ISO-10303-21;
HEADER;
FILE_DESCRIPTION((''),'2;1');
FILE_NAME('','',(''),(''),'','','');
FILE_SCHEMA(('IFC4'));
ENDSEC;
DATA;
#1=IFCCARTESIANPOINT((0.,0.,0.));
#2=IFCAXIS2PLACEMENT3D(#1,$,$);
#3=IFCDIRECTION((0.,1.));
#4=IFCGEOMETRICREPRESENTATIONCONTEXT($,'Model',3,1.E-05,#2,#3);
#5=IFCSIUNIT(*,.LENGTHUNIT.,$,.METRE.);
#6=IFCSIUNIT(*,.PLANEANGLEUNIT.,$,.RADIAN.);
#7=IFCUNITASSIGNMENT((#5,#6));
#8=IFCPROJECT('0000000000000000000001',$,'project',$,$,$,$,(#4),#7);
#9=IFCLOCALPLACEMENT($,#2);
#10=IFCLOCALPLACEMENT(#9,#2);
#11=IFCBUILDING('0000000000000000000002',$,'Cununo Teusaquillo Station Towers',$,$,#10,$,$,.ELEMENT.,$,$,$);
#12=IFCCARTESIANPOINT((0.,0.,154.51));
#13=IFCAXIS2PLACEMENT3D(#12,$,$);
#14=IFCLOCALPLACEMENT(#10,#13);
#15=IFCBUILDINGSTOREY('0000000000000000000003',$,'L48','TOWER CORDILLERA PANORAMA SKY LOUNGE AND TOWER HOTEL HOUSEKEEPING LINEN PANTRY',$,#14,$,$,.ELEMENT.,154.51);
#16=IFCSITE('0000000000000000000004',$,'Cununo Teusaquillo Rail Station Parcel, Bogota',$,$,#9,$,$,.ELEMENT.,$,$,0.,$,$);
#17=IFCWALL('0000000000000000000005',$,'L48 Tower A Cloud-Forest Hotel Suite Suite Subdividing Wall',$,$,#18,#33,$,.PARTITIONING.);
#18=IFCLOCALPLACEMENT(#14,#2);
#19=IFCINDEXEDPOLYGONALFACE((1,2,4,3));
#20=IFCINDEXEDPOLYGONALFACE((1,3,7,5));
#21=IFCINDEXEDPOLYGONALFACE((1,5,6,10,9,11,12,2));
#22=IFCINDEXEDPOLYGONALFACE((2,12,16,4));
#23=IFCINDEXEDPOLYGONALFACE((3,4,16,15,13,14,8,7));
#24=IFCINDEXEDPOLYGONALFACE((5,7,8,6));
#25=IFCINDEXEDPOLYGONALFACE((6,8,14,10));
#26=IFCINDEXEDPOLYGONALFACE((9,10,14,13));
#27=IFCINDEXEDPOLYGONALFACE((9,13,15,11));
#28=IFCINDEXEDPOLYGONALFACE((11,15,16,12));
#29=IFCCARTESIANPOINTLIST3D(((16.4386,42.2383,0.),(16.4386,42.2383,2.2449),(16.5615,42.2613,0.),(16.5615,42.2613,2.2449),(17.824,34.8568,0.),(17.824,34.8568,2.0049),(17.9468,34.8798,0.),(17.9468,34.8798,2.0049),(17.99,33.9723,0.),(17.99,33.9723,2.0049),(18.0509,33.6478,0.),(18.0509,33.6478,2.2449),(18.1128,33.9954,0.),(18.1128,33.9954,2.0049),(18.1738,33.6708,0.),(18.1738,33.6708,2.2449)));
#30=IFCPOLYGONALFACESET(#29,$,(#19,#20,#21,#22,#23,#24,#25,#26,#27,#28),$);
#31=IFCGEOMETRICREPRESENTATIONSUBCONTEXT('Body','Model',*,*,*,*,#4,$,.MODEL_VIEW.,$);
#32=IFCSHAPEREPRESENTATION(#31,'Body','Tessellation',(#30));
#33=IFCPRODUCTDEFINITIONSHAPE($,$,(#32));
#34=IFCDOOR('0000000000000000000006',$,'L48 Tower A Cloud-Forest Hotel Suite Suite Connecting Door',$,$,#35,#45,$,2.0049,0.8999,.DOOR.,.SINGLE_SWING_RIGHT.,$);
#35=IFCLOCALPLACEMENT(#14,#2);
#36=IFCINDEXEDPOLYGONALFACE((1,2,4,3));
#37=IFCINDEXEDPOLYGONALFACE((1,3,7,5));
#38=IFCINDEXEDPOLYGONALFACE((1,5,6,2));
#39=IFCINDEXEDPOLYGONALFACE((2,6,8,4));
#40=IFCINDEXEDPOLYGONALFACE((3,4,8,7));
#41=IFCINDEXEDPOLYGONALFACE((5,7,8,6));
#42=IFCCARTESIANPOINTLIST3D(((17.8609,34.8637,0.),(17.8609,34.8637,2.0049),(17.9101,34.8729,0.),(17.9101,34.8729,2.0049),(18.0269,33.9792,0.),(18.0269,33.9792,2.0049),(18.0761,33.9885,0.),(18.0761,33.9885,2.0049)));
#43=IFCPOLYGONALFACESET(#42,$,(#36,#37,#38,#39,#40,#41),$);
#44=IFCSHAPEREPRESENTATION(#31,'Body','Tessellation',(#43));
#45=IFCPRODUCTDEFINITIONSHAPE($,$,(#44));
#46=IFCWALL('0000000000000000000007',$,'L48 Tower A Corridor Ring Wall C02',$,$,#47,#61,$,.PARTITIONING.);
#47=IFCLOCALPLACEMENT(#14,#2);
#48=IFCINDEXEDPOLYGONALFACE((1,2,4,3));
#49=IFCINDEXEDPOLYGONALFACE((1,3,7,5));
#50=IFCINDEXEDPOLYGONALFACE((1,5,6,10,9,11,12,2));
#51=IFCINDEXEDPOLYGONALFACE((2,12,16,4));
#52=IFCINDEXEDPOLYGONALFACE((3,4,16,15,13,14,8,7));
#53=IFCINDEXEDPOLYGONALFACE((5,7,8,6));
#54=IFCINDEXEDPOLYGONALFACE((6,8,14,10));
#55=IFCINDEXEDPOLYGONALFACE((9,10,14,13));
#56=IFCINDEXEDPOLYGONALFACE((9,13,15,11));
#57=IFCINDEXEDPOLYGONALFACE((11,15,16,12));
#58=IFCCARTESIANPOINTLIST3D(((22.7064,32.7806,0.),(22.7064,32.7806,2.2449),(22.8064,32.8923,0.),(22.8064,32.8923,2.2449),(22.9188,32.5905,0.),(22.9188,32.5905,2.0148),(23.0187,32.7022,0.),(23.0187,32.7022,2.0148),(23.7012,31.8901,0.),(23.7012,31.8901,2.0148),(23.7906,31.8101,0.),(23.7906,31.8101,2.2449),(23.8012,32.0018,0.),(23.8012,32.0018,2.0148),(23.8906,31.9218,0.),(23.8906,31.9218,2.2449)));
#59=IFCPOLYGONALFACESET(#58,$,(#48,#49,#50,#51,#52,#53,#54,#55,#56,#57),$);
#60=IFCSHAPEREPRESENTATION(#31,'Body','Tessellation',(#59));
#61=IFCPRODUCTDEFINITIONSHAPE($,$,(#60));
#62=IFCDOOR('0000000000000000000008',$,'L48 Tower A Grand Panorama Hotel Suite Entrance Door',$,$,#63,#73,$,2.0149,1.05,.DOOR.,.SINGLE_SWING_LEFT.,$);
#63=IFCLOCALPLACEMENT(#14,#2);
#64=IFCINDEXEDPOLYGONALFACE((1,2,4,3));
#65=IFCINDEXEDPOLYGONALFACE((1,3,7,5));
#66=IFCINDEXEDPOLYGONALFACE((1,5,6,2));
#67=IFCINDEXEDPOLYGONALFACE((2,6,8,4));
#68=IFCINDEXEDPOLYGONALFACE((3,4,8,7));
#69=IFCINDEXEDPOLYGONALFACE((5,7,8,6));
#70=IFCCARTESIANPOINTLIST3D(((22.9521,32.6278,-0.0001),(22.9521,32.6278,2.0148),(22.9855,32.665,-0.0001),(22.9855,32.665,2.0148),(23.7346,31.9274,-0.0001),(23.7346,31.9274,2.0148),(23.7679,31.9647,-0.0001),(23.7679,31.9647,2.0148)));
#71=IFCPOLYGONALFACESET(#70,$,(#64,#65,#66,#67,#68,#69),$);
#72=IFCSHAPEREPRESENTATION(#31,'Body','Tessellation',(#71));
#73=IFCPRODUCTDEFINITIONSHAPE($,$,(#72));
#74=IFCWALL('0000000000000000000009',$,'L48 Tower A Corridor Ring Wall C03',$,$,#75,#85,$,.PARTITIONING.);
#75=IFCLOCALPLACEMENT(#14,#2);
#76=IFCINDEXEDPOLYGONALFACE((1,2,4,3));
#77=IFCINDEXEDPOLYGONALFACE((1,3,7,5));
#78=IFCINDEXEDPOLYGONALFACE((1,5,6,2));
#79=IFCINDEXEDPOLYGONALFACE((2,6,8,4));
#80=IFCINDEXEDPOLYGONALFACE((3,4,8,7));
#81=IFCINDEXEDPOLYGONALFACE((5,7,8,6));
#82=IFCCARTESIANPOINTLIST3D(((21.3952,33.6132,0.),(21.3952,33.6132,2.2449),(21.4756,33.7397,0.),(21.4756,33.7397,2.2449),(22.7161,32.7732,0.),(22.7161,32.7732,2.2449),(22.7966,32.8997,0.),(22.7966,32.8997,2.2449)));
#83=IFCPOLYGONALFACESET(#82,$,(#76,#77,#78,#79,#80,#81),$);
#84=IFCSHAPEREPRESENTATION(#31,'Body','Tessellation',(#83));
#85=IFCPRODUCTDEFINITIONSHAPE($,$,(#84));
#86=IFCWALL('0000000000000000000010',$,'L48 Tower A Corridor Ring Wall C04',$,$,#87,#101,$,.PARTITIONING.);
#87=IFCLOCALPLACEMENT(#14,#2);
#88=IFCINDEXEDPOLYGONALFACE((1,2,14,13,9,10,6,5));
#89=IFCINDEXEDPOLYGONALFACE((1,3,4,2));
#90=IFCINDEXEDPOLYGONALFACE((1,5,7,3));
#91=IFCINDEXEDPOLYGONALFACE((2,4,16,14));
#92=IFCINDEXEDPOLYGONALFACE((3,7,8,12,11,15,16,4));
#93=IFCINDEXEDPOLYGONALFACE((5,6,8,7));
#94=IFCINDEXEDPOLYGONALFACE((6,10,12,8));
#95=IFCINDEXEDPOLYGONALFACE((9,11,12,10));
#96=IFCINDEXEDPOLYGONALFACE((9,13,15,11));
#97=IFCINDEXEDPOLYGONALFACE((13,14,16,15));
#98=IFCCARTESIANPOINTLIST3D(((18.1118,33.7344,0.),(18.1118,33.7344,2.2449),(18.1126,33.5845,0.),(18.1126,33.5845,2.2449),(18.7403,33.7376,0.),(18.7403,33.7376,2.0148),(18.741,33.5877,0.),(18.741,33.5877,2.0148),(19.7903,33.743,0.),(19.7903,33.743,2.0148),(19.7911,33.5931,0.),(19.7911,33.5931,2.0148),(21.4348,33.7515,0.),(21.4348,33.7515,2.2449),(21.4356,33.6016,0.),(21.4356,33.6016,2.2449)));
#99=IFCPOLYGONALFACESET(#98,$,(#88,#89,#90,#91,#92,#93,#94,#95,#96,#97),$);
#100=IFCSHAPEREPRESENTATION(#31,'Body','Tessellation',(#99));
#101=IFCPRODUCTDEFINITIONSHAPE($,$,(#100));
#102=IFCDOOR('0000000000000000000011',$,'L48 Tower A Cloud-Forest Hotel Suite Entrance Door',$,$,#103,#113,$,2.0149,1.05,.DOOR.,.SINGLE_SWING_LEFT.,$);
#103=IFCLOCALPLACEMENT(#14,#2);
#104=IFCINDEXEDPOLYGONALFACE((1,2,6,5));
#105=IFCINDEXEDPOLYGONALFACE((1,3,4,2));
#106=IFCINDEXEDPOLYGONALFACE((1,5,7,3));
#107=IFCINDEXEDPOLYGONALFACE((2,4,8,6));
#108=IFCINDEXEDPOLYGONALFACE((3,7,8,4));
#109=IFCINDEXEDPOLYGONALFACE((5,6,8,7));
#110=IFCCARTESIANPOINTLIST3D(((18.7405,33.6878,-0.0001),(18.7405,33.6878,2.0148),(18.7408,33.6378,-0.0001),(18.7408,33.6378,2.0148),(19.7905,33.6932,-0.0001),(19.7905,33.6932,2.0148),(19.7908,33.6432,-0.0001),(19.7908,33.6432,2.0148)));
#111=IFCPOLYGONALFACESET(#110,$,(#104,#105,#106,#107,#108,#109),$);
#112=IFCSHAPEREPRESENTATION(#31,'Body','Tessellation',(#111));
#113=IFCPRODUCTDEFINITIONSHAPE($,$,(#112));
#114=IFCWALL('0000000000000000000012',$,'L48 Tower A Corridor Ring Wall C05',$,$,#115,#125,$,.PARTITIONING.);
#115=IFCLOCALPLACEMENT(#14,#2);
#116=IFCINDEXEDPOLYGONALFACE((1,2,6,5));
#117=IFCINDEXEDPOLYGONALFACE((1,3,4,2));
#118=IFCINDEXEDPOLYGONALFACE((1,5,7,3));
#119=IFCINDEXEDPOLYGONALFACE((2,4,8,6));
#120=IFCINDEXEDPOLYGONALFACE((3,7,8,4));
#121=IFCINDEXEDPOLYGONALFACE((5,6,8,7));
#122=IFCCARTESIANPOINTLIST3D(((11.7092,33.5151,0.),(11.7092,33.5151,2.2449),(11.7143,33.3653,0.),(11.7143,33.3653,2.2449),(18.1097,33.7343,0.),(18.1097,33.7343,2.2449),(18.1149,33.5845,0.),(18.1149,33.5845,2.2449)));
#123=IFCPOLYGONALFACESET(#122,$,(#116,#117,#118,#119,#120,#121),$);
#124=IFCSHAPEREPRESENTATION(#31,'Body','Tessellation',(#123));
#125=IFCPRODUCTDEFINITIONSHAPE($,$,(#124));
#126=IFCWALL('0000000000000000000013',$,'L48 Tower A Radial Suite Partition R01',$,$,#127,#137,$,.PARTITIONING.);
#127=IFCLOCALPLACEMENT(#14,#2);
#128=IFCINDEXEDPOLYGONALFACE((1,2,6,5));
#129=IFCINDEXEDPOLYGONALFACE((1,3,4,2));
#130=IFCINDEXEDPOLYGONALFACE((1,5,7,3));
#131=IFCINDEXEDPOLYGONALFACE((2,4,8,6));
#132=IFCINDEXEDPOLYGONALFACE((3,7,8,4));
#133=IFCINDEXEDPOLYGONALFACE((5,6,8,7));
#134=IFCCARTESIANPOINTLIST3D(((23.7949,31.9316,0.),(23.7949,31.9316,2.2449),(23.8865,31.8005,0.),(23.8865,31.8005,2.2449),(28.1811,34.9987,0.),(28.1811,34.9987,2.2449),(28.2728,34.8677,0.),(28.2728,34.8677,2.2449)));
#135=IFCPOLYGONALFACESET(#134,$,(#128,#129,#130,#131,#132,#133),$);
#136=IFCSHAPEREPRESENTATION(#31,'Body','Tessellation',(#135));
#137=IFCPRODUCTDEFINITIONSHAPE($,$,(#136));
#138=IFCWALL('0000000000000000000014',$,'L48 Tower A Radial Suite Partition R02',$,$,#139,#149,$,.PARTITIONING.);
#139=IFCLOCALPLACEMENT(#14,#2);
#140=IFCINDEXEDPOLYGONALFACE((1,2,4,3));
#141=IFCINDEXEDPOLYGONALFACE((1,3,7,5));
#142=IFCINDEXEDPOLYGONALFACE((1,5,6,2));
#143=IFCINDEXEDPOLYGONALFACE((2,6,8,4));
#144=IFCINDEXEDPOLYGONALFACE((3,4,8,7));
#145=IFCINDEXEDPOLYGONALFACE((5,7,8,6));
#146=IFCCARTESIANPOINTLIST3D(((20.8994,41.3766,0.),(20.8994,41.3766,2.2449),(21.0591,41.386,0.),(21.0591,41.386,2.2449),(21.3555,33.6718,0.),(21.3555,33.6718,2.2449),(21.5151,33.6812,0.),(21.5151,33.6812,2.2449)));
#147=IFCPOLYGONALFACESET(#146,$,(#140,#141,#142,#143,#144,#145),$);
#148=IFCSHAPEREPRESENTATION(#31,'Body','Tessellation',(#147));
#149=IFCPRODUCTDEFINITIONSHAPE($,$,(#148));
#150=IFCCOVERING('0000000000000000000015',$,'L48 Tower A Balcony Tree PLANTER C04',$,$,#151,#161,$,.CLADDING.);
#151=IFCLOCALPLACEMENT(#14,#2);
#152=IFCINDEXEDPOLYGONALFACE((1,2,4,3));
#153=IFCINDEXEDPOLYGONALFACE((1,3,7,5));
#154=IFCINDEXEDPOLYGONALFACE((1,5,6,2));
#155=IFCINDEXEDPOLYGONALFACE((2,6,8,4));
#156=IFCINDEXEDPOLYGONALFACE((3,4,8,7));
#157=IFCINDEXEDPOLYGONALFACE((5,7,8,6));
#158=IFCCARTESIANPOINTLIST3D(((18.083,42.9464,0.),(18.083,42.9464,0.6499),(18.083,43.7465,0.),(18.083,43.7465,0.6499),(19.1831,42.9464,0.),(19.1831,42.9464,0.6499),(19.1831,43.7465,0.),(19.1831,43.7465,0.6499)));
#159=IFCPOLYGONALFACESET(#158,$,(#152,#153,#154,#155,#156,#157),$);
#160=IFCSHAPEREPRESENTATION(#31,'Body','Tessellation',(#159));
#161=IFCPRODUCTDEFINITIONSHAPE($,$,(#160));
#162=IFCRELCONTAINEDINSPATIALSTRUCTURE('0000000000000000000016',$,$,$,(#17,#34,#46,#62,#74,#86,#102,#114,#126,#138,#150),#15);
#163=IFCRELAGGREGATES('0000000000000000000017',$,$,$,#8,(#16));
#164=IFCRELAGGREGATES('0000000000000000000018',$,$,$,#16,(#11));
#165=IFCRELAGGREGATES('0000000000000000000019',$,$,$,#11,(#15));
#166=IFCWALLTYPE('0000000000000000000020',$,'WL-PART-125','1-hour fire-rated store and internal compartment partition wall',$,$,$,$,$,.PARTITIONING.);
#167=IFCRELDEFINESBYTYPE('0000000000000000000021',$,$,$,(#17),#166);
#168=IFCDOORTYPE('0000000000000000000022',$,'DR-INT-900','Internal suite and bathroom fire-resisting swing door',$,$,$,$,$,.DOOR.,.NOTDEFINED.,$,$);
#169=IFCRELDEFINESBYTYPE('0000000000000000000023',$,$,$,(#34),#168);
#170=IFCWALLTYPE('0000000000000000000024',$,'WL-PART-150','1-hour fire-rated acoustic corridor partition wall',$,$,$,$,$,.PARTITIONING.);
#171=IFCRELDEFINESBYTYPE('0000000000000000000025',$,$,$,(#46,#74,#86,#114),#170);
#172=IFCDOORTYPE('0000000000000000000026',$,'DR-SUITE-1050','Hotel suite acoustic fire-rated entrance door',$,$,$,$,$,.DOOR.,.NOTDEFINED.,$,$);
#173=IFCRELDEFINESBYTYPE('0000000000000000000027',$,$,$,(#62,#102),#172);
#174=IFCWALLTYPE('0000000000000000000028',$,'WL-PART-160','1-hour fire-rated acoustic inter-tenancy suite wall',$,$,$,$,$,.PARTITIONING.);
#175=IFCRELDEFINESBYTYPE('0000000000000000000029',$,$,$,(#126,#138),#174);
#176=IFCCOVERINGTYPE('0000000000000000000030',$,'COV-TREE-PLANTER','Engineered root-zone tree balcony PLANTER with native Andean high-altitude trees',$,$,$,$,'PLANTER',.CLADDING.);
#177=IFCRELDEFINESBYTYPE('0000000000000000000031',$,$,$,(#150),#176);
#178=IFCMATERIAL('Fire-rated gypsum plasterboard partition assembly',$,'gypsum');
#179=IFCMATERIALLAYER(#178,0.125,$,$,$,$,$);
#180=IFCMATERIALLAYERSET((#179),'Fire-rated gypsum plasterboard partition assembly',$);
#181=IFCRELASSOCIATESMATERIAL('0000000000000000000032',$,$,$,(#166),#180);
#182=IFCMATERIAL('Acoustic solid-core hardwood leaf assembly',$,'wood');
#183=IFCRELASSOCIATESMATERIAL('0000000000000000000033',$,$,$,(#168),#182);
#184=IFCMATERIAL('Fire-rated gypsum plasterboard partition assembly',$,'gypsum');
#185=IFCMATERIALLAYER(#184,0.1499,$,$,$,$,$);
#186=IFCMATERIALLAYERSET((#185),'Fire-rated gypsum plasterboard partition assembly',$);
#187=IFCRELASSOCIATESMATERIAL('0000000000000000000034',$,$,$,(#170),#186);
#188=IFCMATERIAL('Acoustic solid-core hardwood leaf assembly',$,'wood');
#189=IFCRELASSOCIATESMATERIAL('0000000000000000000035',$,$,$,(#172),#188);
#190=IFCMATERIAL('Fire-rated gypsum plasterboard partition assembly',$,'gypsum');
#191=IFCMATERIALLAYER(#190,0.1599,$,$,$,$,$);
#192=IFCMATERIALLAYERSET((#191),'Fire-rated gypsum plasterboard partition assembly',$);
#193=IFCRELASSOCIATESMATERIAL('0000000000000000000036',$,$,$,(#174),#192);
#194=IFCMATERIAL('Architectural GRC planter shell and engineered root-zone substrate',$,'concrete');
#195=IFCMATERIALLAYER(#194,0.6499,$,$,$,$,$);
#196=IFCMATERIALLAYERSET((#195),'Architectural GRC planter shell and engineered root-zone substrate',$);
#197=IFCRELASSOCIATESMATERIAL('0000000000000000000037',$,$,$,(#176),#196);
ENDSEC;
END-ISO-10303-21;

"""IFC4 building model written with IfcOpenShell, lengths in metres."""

from ifc_helpers import new_model, si_unit, direction, frame, frame_2d, origin, origin_2d, place, context, subcontext, project, spatial, rectangle, extrude, source, transform, mapped, material, layer, layer_set, type_object, element, fill, save


model = new_model("IFC4")

# Units and contexts
model_context = context("Model", 3, precision=1e-05, world=origin(), true_north=direction((0.0, 1.0)))
body_context = subcontext(model_context, "Body", "Model", "MODEL_VIEW")
ifc_project = project(units=[si_unit("LENGTHUNIT", "METRE"), si_unit("PLANEANGLEUNIT", "RADIAN")], contexts=[model_context])

# Site, building, storey
site_placement = place(None, origin())
site = spatial("IfcSite", under=ifc_project, at=site_placement, Name="Cununo Teusaquillo Rail Station Parcel, Bogota", CompositionType="ELEMENT", RefElevation=0.0)
building_placement = place(site_placement, origin())
building = spatial("IfcBuilding", under=site, at=building_placement, Name="Cununo Teusaquillo Station Towers", CompositionType="ELEMENT")
storey_placement = place(building_placement, frame((0.0, 0.0, 154.51)))
storey = spatial("IfcBuildingStorey", under=building, at=storey_placement, Name="L48", Description="TOWER CORDILLERA PANORAMA SKY LOUNGE AND TOWER HOTEL HOUSEKEEPING LINEN PANTRY", CompositionType="ELEMENT", Elevation=154.51)

# Shared definitions
ifc_material_1 = material(Name="Fire-rated gypsum plasterboard partition assembly", Category="gypsum")
ifc_layer_1 = layer(ifc_material_1, 0.125)
ifc_layer_set_1 = layer_set([ifc_layer_1], Name="Fire-rated gypsum plasterboard partition assembly")
wall_type_1 = type_object("IfcWallType", Name="WL-PART-125", Description="1-hour fire-rated store and internal compartment partition wall", PredefinedType="PARTITIONING", material=ifc_layer_set_1)

# Walls, openings, doors
shared_shape_1 = source(origin(), body_context, "Body", "SweptSolid", [
    extrude(rectangle(XDim=0.8999, YDim=2.0049, at=frame_2d((0.45, 1.0024))), frame((0.0, 0.0725, 0.0), z_axis=(0.0, -1.0, 0.0), x_axis=(1.0, 0.0, 0.0)), (0.0, 0.0, 1.0), 0.145),
])
ifc_material_2 = material(Name="Acoustic solid-core hardwood leaf assembly", Category="wood")
door_type_1 = type_object("IfcDoorType", Name="DR-INT-900", Description="Internal suite and bathroom fire-resisting swing door", OperationType="NOTDEFINED", PredefinedType="DOOR", material=ifc_material_2)
shared_shape_2 = source(origin(), body_context, "Body", "SweptSolid", [
    extrude(rectangle(XDim=0.8999, YDim=2.0049, at=frame_2d((0.45, 1.0024))), frame((0.0, 0.0249, 0.0), z_axis=(0.0, -1.0, 0.0), x_axis=(1.0, 0.0, 0.0)), (0.0, 0.0, 1.0), 0.05),
])
wall_1_placement = place(storey_placement, frame((18.1123, 33.6594, 0.0), z_axis=(0.0, 0.0, 1.0), x_axis=(-0.184462, 0.98284, 0.0)))
wall_1 = element("IfcWall", 1, at=wall_1_placement, inside=storey, type_object=wall_type_1, Name="L48 Tower A Cloud-Forest Hotel Suite Suite Subdividing Wall", PredefinedType="PARTITIONING", context=body_context, shape_type="SweptSolid", body=[
    extrude(rectangle(XDim=8.7405, YDim=0.125, at=frame_2d((4.3701, 0.0))), origin(), (0.0, 0.0, 1.0), 2.2449),
])
opening_1_placement = place(wall_1_placement, frame((0.3301, 0.0, 0.0)))
opening_1 = element("IfcOpeningElement", 2, at=opening_1_placement, cuts=wall_1, PredefinedType="OPENING", context=body_context, shape_type="MappedRepresentation", body=[
    mapped(shared_shape_1, transform((0.0, 0.0, 0.0), x_axis=(1.0, 0.0, 0.0), y_axis=(0.0, 1.0, 0.0), z_axis=(0.0, 0.0, 1.0), scale=1.0)),
])
door_1_placement = place(opening_1_placement, origin())
door_1 = element("IfcDoor", 3, at=door_1_placement, inside=storey, type_object=door_type_1, Name="L48 Tower A Cloud-Forest Hotel Suite Suite Connecting Door", OperationType="SINGLE_SWING_RIGHT", OverallHeight=2.0049, OverallWidth=0.8999, PredefinedType="DOOR", context=body_context, shape_type="MappedRepresentation", body=[
    mapped(shared_shape_2, transform((0.0, 0.0, 0.0), x_axis=(1.0, 0.0, 0.0), y_axis=(0.0, 1.0, 0.0), z_axis=(0.0, 0.0, 1.0), scale=1.0)),
])
fill(opening_1, door_1)
ifc_material_3 = material(Name="Fire-rated gypsum plasterboard partition assembly", Category="gypsum")
ifc_layer_2 = layer(ifc_material_3, 0.1499)
ifc_layer_set_2 = layer_set([ifc_layer_2], Name="Fire-rated gypsum plasterboard partition assembly")
wall_type_2 = type_object("IfcWallType", Name="WL-PART-150", Description="1-hour fire-rated acoustic corridor partition wall", PredefinedType="PARTITIONING", material=ifc_layer_set_2)
wall_2_placement = place(storey_placement, frame((23.8406, 31.866, 0.0), z_axis=(0.0, 0.0, 1.0), x_axis=(-0.745118, 0.666932, 0.0)))
wall_2 = element("IfcWall", 4, at=wall_2_placement, inside=storey, type_object=wall_type_2, Name="L48 Tower A Corridor Ring Wall C02", PredefinedType="PARTITIONING", context=body_context, shape_type="SweptSolid", body=[
    extrude(rectangle(XDim=1.4551, YDim=0.1499, at=frame_2d((0.7275, 0.0))), origin(), (0.0, 0.0, 1.0), 2.2449),
])
shared_shape_3 = source(origin(), body_context, "Body", "SweptSolid", [
    extrude(rectangle(XDim=1.05, YDim=2.0149, at=frame_2d((0.5249, 1.0073))), frame((0.0, 0.085, 0.0), z_axis=(0.0, -1.0, 0.0), x_axis=(1.0, 0.0, 0.0)), (0.0, 0.0, 1.0), 0.1699),
])
opening_2_placement = place(wall_2_placement, frame((0.1201, 0.0, 0.0)))
opening_2 = element("IfcOpeningElement", 5, at=opening_2_placement, cuts=wall_2, PredefinedType="OPENING", context=body_context, shape_type="MappedRepresentation", body=[
    mapped(shared_shape_3, transform((0.0, 0.0, 0.0), x_axis=(1.0, 0.0, 0.0), y_axis=(0.0, 1.0, 0.0), z_axis=(0.0, 0.0, 1.0), scale=1.0)),
])
ifc_material_4 = material(Name="Acoustic solid-core hardwood leaf assembly", Category="wood")
door_type_2 = type_object("IfcDoorType", Name="DR-SUITE-1050", Description="Hotel suite acoustic fire-rated entrance door", OperationType="NOTDEFINED", PredefinedType="DOOR", material=ifc_material_4)
shared_shape_4 = source(origin(), body_context, "Body", "SweptSolid", [
    extrude(rectangle(XDim=1.05, YDim=2.0149, at=frame_2d((0.5249, 1.0073))), frame((0.0, 0.0249, 0.0), z_axis=(0.0, -1.0, 0.0), x_axis=(1.0, 0.0, 0.0)), (0.0, 0.0, 1.0), 0.05),
])
door_2_placement = place(opening_2_placement, origin())
door_2 = element("IfcDoor", 6, at=door_2_placement, inside=storey, type_object=door_type_2, Name="L48 Tower A Grand Panorama Hotel Suite Entrance Door", OperationType="SINGLE_SWING_LEFT", OverallHeight=2.0149, OverallWidth=1.05, PredefinedType="DOOR", context=body_context, shape_type="MappedRepresentation", body=[
    mapped(shared_shape_4, transform((0.0, 0.0, 0.0), x_axis=(1.0, 0.0, 0.0), y_axis=(0.0, 1.0, 0.0), z_axis=(0.0, 0.0, 1.0), scale=1.0)),
])
fill(opening_2, door_2)

# Wall
wall_3_placement = place(storey_placement, frame((22.7563, 32.8364, 0.0), z_axis=(0.0, 0.0, 1.0), x_axis=(-0.843828, 0.536613, 0.0)))
element("IfcWall", 7, at=wall_3_placement, inside=storey, type_object=wall_type_2, Name="L48 Tower A Corridor Ring Wall C03", PredefinedType="PARTITIONING", context=body_context, shape_type="SweptSolid", body=[
    extrude(rectangle(XDim=1.5654, YDim=0.1499, at=frame_2d((0.7827, 0.0))), origin(), (0.0, 0.0, 1.0), 2.2449),
])

# Wall, opening, door
wall_4_placement = place(storey_placement, frame((21.4353, 33.6765, 0.0), z_axis=(0.0, 0.0, 1.0), x_axis=(-0.999987, -0.005143, 0.0)))
wall_4 = element("IfcWall", 8, at=wall_4_placement, inside=storey, type_object=wall_type_2, Name="L48 Tower A Corridor Ring Wall C04", PredefinedType="PARTITIONING", context=body_context, shape_type="SweptSolid", body=[
    extrude(rectangle(XDim=3.323, YDim=0.1499, at=frame_2d((1.6616, 0.0))), origin(), (0.0, 0.0, 1.0), 2.2449),
])
opening_3_placement = place(wall_4_placement, frame((1.6448, 0.0, 0.0)))
opening_3 = element("IfcOpeningElement", 9, at=opening_3_placement, cuts=wall_4, PredefinedType="OPENING", context=body_context, shape_type="MappedRepresentation", body=[
    mapped(shared_shape_3, transform((0.0, 0.0, 0.0), x_axis=(1.0, 0.0, 0.0), y_axis=(0.0, 1.0, 0.0), z_axis=(0.0, 0.0, 1.0), scale=1.0)),
])
door_3_placement = place(opening_3_placement, origin())
door_3 = element("IfcDoor", 10, at=door_3_placement, inside=storey, type_object=door_type_2, Name="L48 Tower A Cloud-Forest Hotel Suite Entrance Door", OperationType="SINGLE_SWING_LEFT", OverallHeight=2.0149, OverallWidth=1.05, PredefinedType="DOOR", context=body_context, shape_type="MappedRepresentation", body=[
    mapped(shared_shape_4, transform((0.0, 0.0, 0.0), x_axis=(1.0, 0.0, 0.0), y_axis=(0.0, 1.0, 0.0), z_axis=(0.0, 0.0, 1.0), scale=1.0)),
])
fill(opening_3, door_3)

# Walls
wall_5_placement = place(storey_placement, frame((18.1123, 33.6594, 0.0), z_axis=(0.0, 0.0, 1.0), x_axis=(-0.999414, -0.034233, 0.0)))
element("IfcWall", 11, at=wall_5_placement, inside=storey, type_object=wall_type_2, Name="L48 Tower A Corridor Ring Wall C05", PredefinedType="PARTITIONING", context=body_context, shape_type="SweptSolid", body=[
    extrude(rectangle(XDim=6.4043, YDim=0.1499, at=frame_2d((3.2021, 0.0))), origin(), (0.0, 0.0, 1.0), 2.2449),
])
ifc_material_5 = material(Name="Fire-rated gypsum plasterboard partition assembly", Category="gypsum")
ifc_layer_3 = layer(ifc_material_5, 0.1599)
ifc_layer_set_3 = layer_set([ifc_layer_3], Name="Fire-rated gypsum plasterboard partition assembly")
wall_type_3 = type_object("IfcWallType", Name="WL-PART-160", Description="1-hour fire-rated acoustic inter-tenancy suite wall", PredefinedType="PARTITIONING", material=ifc_layer_set_3)
wall_6_placement = place(storey_placement, frame((23.8406, 31.866, 0.0), z_axis=(0.0, 0.0, 1.0), x_axis=(0.819515, 0.573058, 0.0)))
element("IfcWall", 12, at=wall_6_placement, inside=storey, type_object=wall_type_3, Name="L48 Tower A Radial Suite Partition R01", PredefinedType="PARTITIONING", context=body_context, shape_type="SweptSolid", body=[
    extrude(rectangle(XDim=5.3523, YDim=0.1599, at=frame_2d((2.6763, 0.0))), origin(), (0.0, 0.0, 1.0), 2.2449),
])
wall_7_placement = place(storey_placement, frame((21.4353, 33.6765, 0.0), z_axis=(0.0, 0.0, 1.0), x_axis=(-0.059087, 0.998253, 0.0)))
element("IfcWall", 13, at=wall_7_placement, inside=storey, type_object=wall_type_3, Name="L48 Tower A Radial Suite Partition R02", PredefinedType="PARTITIONING", context=body_context, shape_type="SweptSolid", body=[
    extrude(rectangle(XDim=7.7183, YDim=0.1599, at=frame_2d((3.8591, 0.0))), origin(), (0.0, 0.0, 1.0), 2.2449),
])

# Covering
ifc_material_6 = material(Name="Architectural GRC planter shell and engineered root-zone substrate", Category="concrete")
ifc_layer_4 = layer(ifc_material_6, 0.6499)
ifc_layer_set_4 = layer_set([ifc_layer_4], Name="Architectural GRC planter shell and engineered root-zone substrate")
covering_type = type_object("IfcCoveringType", Name="COV-TREE-PLANTER", Description="Engineered root-zone tree balcony PLANTER with native Andean high-altitude trees", ElementType="PLANTER", PredefinedType="CLADDING", material=ifc_layer_set_4)
shared_shape_5 = source(origin(), body_context, "Body", "SweptSolid", [
    extrude(rectangle(XDim=1.1001, YDim=0.8, at=origin_2d()), origin(), (0.0, 0.0, 1.0), 0.6499),
])
covering_placement = place(storey_placement, frame((18.6331, 43.3464, 0.0), z_axis=(0.0, 0.0, 1.0), x_axis=(1.0, 0.0, 0.0)))
element("IfcCovering", 14, at=covering_placement, inside=storey, type_object=covering_type, Name="L48 Tower A Balcony Tree PLANTER C04", PredefinedType="CLADDING", context=body_context, shape_type="MappedRepresentation", body=[
    mapped(shared_shape_5, transform((0.0, 0.0, 0.0), x_axis=(1.0, 0.0, 0.0), y_axis=(0.0, 1.0, 0.0), z_axis=(0.0, 0.0, 1.0), scale=1.0)),
])

save(model, "model.ifc")
